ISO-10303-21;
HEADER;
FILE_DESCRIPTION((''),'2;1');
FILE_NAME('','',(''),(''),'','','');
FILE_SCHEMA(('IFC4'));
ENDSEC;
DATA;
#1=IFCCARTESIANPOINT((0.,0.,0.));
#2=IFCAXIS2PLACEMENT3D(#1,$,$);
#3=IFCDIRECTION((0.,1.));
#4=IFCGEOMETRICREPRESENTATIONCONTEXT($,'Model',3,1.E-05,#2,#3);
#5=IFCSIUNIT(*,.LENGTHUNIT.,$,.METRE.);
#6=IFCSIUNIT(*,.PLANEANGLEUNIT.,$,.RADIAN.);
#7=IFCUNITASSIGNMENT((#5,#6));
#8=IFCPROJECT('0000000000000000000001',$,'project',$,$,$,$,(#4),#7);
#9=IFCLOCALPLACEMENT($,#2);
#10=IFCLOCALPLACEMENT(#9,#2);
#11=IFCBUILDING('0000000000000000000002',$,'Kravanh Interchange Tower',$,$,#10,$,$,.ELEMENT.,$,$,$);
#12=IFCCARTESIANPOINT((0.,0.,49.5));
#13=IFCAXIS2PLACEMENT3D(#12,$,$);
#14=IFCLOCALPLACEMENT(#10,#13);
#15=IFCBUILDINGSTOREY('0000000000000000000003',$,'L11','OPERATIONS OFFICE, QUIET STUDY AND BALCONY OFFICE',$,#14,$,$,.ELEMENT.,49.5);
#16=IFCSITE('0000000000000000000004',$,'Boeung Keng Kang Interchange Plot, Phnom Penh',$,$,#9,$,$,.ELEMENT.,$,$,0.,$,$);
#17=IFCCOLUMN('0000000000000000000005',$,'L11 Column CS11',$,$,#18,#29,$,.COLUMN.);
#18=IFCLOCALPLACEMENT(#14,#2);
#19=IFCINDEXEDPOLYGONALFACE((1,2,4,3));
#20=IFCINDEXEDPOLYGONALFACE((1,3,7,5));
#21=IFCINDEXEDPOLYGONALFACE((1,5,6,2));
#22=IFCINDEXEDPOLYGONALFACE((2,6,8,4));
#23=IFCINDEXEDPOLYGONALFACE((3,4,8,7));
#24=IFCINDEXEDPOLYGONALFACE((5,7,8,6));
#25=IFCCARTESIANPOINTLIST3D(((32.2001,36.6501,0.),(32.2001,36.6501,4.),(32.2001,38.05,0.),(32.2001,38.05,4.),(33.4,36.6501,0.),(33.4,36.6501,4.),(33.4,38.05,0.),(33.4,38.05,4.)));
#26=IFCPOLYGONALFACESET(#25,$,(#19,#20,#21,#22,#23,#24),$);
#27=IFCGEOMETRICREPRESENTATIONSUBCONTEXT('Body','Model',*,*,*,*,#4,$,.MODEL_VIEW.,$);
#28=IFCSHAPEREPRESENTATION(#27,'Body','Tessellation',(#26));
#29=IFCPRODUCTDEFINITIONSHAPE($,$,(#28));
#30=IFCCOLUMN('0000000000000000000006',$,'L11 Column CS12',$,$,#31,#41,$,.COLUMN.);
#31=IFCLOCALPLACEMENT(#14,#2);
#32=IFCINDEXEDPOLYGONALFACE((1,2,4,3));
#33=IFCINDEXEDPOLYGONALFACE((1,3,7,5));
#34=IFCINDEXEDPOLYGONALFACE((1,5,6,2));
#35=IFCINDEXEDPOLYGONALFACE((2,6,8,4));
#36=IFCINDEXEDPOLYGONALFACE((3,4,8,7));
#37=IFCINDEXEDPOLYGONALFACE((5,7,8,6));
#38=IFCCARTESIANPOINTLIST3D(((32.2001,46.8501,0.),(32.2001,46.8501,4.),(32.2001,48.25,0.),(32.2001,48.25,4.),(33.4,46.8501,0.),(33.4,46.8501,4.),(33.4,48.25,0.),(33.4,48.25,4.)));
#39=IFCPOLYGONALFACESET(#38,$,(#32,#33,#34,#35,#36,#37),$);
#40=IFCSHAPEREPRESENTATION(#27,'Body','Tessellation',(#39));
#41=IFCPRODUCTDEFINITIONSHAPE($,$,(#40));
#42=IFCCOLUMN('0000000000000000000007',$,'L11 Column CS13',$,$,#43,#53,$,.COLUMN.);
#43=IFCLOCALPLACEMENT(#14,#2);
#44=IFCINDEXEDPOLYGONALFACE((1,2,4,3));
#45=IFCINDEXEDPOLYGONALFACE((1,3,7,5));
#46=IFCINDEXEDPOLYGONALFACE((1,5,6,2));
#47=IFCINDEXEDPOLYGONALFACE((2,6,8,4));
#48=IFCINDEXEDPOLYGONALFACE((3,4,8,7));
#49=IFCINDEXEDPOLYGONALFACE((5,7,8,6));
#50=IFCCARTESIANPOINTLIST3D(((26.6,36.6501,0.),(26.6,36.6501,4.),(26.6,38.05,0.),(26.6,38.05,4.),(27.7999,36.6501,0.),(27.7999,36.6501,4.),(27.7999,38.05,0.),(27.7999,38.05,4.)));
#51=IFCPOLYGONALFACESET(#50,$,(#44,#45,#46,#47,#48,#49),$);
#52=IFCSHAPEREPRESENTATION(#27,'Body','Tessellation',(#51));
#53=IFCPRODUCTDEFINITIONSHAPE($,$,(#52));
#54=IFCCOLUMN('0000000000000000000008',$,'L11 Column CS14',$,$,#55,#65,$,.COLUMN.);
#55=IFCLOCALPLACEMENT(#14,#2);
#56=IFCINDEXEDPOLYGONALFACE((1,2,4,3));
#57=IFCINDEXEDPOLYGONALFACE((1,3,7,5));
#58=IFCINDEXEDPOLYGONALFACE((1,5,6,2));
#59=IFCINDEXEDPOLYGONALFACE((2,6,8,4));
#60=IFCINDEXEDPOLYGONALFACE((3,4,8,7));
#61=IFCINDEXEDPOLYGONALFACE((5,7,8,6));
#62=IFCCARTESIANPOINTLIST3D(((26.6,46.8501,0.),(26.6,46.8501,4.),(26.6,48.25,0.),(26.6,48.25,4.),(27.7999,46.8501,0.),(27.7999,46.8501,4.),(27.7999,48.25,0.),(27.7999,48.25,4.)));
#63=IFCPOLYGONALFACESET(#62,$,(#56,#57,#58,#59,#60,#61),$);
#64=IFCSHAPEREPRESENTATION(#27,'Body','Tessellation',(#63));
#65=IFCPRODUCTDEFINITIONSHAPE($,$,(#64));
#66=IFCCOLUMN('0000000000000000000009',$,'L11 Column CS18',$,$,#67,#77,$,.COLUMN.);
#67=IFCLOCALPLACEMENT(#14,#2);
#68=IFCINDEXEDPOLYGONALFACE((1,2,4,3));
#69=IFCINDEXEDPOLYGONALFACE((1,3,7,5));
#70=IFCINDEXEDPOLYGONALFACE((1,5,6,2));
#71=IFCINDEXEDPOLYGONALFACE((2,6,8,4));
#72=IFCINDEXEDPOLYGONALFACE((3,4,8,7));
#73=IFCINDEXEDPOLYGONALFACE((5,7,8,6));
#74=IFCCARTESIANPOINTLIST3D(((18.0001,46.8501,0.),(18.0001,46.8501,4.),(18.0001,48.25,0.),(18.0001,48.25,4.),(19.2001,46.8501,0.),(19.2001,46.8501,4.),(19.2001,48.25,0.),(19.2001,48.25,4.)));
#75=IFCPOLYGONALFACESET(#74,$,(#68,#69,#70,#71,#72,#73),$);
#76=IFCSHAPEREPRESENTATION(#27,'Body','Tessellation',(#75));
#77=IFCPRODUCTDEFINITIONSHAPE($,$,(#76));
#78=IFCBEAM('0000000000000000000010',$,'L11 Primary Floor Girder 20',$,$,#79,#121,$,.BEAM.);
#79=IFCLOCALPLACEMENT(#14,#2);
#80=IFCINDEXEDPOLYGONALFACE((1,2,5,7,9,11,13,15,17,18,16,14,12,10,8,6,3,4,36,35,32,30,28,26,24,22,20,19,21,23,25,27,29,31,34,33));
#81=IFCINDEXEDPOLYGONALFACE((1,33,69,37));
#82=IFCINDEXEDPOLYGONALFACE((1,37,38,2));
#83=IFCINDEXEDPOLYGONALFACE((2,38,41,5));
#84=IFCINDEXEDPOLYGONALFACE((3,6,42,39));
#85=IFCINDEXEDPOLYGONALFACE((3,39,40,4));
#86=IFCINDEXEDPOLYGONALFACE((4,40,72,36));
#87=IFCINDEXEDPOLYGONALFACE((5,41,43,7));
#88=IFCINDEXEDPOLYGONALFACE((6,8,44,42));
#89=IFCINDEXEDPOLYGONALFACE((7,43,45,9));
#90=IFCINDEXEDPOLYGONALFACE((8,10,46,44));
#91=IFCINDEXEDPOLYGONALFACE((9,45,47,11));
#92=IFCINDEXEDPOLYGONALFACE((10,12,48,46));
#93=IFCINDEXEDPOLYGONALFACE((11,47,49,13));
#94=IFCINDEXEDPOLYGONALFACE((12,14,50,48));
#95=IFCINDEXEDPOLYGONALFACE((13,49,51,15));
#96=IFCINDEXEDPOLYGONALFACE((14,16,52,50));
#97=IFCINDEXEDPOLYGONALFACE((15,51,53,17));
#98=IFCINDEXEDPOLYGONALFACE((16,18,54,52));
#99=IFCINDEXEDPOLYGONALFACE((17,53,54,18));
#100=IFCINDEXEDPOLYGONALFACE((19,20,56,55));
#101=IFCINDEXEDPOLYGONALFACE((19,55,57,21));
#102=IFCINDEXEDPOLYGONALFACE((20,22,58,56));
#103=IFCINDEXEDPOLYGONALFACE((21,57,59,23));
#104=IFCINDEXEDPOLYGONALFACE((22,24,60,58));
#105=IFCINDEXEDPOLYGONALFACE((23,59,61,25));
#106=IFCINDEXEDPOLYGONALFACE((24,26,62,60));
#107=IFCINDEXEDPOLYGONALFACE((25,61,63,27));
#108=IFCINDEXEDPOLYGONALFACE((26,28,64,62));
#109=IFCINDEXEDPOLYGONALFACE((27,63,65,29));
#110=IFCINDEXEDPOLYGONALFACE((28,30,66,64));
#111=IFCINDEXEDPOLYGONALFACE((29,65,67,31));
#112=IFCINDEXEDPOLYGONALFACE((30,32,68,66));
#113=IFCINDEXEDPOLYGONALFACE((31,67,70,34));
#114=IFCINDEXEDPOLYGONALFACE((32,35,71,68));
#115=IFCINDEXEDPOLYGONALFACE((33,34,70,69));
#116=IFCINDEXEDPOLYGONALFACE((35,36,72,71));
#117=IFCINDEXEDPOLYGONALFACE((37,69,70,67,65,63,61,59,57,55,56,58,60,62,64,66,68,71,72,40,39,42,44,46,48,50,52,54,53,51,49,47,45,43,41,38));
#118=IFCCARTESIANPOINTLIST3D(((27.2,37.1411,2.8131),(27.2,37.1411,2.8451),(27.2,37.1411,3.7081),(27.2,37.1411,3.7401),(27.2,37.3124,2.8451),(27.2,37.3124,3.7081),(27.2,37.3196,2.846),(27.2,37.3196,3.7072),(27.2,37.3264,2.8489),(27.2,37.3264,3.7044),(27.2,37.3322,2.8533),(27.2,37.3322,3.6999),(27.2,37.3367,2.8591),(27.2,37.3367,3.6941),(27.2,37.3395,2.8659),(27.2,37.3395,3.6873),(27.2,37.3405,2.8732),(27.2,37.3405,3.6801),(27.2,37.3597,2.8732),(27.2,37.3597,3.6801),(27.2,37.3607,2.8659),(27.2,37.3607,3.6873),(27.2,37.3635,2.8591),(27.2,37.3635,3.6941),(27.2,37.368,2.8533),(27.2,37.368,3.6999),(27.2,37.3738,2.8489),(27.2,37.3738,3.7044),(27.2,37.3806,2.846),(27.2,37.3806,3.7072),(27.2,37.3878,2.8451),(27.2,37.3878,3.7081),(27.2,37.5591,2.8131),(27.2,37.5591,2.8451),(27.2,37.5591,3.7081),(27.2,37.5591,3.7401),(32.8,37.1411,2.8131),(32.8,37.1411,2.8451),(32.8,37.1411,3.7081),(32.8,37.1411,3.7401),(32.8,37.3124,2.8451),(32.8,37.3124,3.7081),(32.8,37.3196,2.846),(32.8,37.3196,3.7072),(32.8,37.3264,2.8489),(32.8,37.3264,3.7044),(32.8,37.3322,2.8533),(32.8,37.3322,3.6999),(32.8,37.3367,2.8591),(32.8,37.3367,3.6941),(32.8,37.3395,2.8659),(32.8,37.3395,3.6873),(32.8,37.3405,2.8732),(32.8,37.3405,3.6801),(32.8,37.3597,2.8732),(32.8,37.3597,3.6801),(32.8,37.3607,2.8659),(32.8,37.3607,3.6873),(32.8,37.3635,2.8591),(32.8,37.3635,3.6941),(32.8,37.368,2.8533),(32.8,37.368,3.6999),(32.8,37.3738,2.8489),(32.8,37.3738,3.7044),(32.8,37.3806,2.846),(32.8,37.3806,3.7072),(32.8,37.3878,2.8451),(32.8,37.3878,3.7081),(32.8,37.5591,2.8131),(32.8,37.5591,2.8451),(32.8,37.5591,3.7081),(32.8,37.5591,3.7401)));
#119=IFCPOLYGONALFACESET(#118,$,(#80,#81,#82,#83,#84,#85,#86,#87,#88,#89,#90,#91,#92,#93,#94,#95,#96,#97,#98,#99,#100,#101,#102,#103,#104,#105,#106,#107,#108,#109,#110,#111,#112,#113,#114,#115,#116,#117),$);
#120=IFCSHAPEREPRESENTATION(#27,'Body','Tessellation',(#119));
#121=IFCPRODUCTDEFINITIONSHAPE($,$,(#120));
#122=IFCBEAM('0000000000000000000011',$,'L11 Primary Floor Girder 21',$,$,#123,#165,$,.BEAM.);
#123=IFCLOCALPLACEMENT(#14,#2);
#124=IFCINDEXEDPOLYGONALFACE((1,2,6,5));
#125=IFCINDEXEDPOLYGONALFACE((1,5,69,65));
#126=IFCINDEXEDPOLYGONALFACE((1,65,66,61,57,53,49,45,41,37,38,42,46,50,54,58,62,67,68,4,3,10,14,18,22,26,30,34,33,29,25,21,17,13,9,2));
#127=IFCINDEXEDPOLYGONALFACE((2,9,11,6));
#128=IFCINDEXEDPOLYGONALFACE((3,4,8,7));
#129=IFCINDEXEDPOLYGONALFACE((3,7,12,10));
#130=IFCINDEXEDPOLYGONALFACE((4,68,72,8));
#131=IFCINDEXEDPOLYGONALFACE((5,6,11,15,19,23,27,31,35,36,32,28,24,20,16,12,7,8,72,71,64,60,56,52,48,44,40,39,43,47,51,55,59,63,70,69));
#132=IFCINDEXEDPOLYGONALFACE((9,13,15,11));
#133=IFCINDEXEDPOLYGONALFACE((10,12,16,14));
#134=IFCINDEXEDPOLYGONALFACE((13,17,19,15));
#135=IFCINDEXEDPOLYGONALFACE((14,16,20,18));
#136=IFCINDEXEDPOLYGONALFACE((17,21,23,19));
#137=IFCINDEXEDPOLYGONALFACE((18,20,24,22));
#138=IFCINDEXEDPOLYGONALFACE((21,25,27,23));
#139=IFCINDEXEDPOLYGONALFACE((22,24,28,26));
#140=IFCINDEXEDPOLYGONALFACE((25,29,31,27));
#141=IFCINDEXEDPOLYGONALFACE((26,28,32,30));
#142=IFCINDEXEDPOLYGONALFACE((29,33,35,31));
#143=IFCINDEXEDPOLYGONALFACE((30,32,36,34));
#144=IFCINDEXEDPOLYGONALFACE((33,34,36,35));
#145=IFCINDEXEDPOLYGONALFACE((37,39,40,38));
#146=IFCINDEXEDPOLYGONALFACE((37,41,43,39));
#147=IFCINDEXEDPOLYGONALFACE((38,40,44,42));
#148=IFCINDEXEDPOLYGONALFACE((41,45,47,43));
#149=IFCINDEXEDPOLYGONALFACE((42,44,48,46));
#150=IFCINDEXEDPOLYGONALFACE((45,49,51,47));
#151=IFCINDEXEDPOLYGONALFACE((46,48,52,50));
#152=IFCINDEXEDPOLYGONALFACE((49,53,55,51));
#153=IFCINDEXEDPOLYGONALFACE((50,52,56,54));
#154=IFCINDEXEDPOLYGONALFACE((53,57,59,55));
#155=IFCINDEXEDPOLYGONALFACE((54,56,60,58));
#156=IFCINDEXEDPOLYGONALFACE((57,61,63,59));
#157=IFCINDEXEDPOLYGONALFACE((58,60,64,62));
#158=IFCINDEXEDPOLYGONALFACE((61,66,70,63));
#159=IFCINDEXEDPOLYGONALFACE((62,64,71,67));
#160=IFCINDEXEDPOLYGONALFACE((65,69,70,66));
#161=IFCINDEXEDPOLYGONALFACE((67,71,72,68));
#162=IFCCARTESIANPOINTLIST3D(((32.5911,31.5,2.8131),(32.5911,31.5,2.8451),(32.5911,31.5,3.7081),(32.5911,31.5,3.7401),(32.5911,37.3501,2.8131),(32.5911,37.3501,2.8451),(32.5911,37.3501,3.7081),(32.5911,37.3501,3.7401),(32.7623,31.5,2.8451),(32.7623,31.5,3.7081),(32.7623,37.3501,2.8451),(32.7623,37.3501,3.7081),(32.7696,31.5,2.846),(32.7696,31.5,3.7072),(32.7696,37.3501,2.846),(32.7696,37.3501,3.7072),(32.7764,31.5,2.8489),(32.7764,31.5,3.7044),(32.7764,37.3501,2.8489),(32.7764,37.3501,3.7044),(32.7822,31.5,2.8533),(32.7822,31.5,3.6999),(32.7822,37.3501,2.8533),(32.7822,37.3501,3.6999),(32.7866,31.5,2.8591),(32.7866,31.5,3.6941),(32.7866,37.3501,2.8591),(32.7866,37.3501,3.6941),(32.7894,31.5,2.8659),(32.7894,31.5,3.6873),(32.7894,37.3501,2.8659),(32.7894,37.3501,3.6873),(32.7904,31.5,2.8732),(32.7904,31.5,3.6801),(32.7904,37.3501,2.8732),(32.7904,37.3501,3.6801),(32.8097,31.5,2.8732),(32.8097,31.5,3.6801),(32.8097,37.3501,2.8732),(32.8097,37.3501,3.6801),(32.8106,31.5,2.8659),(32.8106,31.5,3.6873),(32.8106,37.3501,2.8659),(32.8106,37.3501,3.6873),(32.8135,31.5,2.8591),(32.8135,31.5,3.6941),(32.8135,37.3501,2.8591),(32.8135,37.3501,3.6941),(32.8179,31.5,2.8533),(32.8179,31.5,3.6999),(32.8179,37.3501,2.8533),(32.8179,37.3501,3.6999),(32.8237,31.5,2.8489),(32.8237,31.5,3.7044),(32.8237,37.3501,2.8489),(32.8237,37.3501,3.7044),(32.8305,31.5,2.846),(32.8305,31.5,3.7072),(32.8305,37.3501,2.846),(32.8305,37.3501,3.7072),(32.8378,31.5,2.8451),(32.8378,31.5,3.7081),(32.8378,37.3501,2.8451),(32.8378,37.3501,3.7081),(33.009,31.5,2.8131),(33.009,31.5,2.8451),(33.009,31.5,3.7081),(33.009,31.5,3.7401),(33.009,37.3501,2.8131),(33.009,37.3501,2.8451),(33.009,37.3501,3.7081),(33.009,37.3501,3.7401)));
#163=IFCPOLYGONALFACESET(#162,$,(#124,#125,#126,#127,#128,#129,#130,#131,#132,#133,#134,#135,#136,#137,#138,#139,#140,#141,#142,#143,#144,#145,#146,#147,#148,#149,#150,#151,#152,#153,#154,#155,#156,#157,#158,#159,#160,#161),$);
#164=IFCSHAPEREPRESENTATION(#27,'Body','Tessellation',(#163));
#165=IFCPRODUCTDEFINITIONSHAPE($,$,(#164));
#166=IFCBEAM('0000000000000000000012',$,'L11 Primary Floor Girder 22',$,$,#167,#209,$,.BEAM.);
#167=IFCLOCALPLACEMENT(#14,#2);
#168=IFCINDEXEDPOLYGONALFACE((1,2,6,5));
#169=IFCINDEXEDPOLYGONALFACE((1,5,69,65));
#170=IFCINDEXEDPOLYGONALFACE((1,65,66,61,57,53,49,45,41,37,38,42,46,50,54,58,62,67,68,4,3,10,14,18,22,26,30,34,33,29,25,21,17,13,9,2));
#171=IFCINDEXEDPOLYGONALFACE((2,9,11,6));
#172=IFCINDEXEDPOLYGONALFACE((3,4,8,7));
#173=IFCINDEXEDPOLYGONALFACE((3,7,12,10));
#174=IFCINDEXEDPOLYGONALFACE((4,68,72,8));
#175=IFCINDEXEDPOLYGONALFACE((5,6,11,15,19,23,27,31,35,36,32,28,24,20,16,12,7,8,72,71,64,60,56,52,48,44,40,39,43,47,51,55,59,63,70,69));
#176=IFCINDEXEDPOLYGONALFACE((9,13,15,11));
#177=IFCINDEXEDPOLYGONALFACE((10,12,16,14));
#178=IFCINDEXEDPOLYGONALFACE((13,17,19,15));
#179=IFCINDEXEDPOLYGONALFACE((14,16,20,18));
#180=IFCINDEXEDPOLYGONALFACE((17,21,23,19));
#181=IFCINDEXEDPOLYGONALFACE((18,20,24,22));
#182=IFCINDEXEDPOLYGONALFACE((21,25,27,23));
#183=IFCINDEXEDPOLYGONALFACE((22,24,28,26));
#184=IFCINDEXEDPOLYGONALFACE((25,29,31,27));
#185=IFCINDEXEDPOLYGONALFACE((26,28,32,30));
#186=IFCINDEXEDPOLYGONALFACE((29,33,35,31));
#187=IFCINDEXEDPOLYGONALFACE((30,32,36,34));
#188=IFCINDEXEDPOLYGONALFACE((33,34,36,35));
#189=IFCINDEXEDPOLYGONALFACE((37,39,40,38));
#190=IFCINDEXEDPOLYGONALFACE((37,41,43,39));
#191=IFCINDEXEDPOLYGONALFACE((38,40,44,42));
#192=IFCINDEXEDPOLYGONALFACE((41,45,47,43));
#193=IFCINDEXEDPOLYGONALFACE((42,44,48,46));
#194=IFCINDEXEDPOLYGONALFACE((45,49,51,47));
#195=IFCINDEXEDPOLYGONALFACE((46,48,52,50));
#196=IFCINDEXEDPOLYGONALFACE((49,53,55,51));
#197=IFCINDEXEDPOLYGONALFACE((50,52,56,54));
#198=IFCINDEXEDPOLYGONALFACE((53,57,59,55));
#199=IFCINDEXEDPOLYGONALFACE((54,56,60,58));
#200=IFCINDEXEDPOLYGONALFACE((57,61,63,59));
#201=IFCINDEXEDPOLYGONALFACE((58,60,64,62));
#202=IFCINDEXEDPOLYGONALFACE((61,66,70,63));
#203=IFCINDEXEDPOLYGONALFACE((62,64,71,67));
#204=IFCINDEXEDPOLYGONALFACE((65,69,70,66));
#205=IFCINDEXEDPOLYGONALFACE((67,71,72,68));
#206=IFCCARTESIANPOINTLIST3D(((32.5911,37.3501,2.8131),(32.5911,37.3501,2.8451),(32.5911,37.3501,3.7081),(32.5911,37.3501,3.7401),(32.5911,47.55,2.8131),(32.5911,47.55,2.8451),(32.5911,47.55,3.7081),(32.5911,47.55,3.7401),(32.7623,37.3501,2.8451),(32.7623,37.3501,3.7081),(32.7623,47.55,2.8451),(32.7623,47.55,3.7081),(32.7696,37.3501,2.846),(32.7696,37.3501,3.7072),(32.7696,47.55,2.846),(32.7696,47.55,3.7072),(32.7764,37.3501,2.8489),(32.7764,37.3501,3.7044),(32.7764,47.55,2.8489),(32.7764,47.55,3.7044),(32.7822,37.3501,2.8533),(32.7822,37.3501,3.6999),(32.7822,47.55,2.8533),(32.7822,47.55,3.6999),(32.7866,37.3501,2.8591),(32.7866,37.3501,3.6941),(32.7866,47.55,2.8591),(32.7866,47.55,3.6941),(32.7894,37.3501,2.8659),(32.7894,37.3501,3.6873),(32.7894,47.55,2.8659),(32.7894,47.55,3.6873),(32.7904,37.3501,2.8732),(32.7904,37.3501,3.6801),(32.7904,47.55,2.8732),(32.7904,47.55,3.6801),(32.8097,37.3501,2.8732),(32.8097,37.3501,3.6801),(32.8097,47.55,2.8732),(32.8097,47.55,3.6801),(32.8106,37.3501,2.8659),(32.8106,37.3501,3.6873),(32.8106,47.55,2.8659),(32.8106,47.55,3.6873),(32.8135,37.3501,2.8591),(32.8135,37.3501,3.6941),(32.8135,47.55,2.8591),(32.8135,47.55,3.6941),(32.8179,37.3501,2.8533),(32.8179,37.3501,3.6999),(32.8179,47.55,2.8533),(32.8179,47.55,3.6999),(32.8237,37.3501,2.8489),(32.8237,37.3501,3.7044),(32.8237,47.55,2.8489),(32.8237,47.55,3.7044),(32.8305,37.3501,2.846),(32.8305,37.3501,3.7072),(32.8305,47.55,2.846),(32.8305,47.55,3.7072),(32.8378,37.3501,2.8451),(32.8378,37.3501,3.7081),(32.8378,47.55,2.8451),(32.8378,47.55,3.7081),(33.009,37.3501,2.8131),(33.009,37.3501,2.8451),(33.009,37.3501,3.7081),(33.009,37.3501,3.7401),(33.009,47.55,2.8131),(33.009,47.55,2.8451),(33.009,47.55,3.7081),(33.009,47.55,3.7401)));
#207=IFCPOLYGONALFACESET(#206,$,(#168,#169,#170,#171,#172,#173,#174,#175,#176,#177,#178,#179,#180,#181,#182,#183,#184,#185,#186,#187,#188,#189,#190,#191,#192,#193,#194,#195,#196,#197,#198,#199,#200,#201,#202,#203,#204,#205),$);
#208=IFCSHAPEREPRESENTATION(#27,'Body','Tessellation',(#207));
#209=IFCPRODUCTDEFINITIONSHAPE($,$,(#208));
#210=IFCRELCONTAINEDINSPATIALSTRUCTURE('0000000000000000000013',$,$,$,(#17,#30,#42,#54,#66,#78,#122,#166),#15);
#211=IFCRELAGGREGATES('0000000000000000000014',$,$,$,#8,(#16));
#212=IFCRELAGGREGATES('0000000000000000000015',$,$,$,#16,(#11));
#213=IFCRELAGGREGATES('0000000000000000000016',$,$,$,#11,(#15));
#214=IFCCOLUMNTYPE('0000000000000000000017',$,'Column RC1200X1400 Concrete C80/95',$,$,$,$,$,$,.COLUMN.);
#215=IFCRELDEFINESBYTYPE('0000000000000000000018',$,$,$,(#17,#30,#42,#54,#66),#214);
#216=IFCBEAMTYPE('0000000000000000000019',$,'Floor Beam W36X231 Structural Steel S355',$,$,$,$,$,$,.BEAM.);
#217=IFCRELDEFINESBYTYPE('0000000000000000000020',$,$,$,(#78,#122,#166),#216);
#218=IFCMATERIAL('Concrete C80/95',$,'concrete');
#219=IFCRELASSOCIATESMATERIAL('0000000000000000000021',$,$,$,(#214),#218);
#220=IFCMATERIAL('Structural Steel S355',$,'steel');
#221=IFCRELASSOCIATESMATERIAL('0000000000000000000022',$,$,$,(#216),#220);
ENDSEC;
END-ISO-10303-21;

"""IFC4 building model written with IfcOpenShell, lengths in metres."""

from ifc_helpers import new_model, si_unit, direction, frame, origin, origin_2d, place, context, subcontext, project, spatial, rectangle, i_section, extrude, material, material_profile, profile_set, type_object, element, save


model = new_model("IFC4")

# Units and contexts
model_context = context("Model", 3, precision=1e-05, world=origin(), true_north=direction((0.0, 1.0)))
body_context = subcontext(model_context, "Body", "Model", "MODEL_VIEW")
ifc_project = project(units=[si_unit("LENGTHUNIT", "METRE"), si_unit("PLANEANGLEUNIT", "RADIAN")], contexts=[model_context])

# Site, building, storey
site_placement = place(None, origin())
site = spatial("IfcSite", under=ifc_project, at=site_placement, Name="Boeung Keng Kang Interchange Plot, Phnom Penh", CompositionType="ELEMENT", RefElevation=0.0)
building_placement = place(site_placement, origin())
building = spatial("IfcBuilding", under=site, at=building_placement, Name="Kravanh Interchange Tower", CompositionType="ELEMENT")
storey_placement = place(building_placement, frame((0.0, 0.0, 49.5)))
storey = spatial("IfcBuildingStorey", under=building, at=storey_placement, Name="L11", Description="OPERATIONS OFFICE, QUIET STUDY AND BALCONY OFFICE", CompositionType="ELEMENT", Elevation=49.5)

# Columns
ifc_material_1 = material(Name="Concrete C80/95", Category="concrete")
ifc_material_profile_1 = material_profile(ifc_material_1, rectangle(XDim=1.2, YDim=1.3999, at=origin_2d()), Name="RC1200X1400")
ifc_profile_set_1 = profile_set([ifc_material_profile_1], Name="Concrete C80/95")
column_type = type_object("IfcColumnType", Name="Column RC1200X1400 Concrete C80/95", PredefinedType="COLUMN", material=ifc_profile_set_1)
for number, where, z_axis, x_axis, name in (
    (1, (32.8, 37.3501, 0.0), (0.0, 0.0, 1.0), (1.0, 0.0, 0.0), "L11 Column CS11"),
    (2, (32.8, 47.55, 0.0), (0.0, 0.0, 1.0), (1.0, 0.0, 0.0), "L11 Column CS12"),
    (3, (27.2, 37.3501, 0.0), (0.0, 0.0, 1.0), (1.0, 0.0, 0.0), "L11 Column CS13"),
    (4, (27.2, 47.55, 0.0), (0.0, 0.0, 1.0), (1.0, 0.0, 0.0), "L11 Column CS14"),
    (5, (18.6001, 47.55, 0.0), (0.0, 0.0, 1.0), (1.0, 0.0, 0.0), "L11 Column CS18"),
):
    element("IfcColumn", number, at=place(storey_placement, frame(where, z_axis=z_axis, x_axis=x_axis)), inside=storey, type_object=column_type, Name=name, PredefinedType="COLUMN", context=body_context, shape_type="SweptSolid", body=[
        extrude(rectangle(XDim=1.2, YDim=1.3999, at=origin_2d()), origin(), (0.0, 0.0, 1.0), 4.0),
    ])

# Beams
ifc_material_2 = material(Name="Structural Steel S355", Category="steel")
ifc_material_profile_2 = material_profile(ifc_material_2, i_section(OverallWidth=0.418, OverallDepth=0.927, WebThickness=0.0193, FlangeThickness=0.032, FilletRadius=0.0281, at=origin_2d()), Name="W36X231")
ifc_profile_set_2 = profile_set([ifc_material_profile_2], Name="Structural Steel S355")
beam_type = type_object("IfcBeamType", Name="Floor Beam W36X231 Structural Steel S355", PredefinedType="BEAM", material=ifc_profile_set_2)
beam_1_placement = place(storey_placement, frame((32.8, 37.3501, 3.2766), z_axis=(-1.0, 0.0, 0.0), x_axis=(0.0, -1.0, 0.0)))
element("IfcBeam", 6, at=beam_1_placement, inside=storey, type_object=beam_type, Name="L11 Primary Floor Girder 20", PredefinedType="BEAM", context=body_context, shape_type="SweptSolid", body=[
    extrude(i_section(OverallWidth=0.418, OverallDepth=0.927, WebThickness=0.0193, FlangeThickness=0.032, FilletRadius=0.0281, at=origin_2d()), origin(), (0.0, 0.0, 1.0), 5.6001),
])
beam_2_placement = place(storey_placement, frame((32.8, 37.3501, 3.2766), z_axis=(0.0, -1.0, 0.0), x_axis=(1.0, 0.0, 0.0)))
element("IfcBeam", 7, at=beam_2_placement, inside=storey, type_object=beam_type, Name="L11 Primary Floor Girder 21", PredefinedType="BEAM", context=body_context, shape_type="SweptSolid", body=[
    extrude(i_section(OverallWidth=0.418, OverallDepth=0.927, WebThickness=0.0193, FlangeThickness=0.032, FilletRadius=0.0281, at=origin_2d()), origin(), (0.0, 0.0, 1.0), 5.8501),
])
beam_3_placement = place(storey_placement, frame((32.8, 37.3501, 3.2766), z_axis=(0.0, 1.0, 0.0), x_axis=(-1.0, 0.0, 0.0)))
element("IfcBeam", 8, at=beam_3_placement, inside=storey, type_object=beam_type, Name="L11 Primary Floor Girder 22", PredefinedType="BEAM", context=body_context, shape_type="SweptSolid", body=[
    extrude(i_section(OverallWidth=0.418, OverallDepth=0.927, WebThickness=0.0193, FlangeThickness=0.032, FilletRadius=0.0281, at=origin_2d()), origin(), (0.0, 0.0, 1.0), 10.2),
])

save(model, "model.ifc")
